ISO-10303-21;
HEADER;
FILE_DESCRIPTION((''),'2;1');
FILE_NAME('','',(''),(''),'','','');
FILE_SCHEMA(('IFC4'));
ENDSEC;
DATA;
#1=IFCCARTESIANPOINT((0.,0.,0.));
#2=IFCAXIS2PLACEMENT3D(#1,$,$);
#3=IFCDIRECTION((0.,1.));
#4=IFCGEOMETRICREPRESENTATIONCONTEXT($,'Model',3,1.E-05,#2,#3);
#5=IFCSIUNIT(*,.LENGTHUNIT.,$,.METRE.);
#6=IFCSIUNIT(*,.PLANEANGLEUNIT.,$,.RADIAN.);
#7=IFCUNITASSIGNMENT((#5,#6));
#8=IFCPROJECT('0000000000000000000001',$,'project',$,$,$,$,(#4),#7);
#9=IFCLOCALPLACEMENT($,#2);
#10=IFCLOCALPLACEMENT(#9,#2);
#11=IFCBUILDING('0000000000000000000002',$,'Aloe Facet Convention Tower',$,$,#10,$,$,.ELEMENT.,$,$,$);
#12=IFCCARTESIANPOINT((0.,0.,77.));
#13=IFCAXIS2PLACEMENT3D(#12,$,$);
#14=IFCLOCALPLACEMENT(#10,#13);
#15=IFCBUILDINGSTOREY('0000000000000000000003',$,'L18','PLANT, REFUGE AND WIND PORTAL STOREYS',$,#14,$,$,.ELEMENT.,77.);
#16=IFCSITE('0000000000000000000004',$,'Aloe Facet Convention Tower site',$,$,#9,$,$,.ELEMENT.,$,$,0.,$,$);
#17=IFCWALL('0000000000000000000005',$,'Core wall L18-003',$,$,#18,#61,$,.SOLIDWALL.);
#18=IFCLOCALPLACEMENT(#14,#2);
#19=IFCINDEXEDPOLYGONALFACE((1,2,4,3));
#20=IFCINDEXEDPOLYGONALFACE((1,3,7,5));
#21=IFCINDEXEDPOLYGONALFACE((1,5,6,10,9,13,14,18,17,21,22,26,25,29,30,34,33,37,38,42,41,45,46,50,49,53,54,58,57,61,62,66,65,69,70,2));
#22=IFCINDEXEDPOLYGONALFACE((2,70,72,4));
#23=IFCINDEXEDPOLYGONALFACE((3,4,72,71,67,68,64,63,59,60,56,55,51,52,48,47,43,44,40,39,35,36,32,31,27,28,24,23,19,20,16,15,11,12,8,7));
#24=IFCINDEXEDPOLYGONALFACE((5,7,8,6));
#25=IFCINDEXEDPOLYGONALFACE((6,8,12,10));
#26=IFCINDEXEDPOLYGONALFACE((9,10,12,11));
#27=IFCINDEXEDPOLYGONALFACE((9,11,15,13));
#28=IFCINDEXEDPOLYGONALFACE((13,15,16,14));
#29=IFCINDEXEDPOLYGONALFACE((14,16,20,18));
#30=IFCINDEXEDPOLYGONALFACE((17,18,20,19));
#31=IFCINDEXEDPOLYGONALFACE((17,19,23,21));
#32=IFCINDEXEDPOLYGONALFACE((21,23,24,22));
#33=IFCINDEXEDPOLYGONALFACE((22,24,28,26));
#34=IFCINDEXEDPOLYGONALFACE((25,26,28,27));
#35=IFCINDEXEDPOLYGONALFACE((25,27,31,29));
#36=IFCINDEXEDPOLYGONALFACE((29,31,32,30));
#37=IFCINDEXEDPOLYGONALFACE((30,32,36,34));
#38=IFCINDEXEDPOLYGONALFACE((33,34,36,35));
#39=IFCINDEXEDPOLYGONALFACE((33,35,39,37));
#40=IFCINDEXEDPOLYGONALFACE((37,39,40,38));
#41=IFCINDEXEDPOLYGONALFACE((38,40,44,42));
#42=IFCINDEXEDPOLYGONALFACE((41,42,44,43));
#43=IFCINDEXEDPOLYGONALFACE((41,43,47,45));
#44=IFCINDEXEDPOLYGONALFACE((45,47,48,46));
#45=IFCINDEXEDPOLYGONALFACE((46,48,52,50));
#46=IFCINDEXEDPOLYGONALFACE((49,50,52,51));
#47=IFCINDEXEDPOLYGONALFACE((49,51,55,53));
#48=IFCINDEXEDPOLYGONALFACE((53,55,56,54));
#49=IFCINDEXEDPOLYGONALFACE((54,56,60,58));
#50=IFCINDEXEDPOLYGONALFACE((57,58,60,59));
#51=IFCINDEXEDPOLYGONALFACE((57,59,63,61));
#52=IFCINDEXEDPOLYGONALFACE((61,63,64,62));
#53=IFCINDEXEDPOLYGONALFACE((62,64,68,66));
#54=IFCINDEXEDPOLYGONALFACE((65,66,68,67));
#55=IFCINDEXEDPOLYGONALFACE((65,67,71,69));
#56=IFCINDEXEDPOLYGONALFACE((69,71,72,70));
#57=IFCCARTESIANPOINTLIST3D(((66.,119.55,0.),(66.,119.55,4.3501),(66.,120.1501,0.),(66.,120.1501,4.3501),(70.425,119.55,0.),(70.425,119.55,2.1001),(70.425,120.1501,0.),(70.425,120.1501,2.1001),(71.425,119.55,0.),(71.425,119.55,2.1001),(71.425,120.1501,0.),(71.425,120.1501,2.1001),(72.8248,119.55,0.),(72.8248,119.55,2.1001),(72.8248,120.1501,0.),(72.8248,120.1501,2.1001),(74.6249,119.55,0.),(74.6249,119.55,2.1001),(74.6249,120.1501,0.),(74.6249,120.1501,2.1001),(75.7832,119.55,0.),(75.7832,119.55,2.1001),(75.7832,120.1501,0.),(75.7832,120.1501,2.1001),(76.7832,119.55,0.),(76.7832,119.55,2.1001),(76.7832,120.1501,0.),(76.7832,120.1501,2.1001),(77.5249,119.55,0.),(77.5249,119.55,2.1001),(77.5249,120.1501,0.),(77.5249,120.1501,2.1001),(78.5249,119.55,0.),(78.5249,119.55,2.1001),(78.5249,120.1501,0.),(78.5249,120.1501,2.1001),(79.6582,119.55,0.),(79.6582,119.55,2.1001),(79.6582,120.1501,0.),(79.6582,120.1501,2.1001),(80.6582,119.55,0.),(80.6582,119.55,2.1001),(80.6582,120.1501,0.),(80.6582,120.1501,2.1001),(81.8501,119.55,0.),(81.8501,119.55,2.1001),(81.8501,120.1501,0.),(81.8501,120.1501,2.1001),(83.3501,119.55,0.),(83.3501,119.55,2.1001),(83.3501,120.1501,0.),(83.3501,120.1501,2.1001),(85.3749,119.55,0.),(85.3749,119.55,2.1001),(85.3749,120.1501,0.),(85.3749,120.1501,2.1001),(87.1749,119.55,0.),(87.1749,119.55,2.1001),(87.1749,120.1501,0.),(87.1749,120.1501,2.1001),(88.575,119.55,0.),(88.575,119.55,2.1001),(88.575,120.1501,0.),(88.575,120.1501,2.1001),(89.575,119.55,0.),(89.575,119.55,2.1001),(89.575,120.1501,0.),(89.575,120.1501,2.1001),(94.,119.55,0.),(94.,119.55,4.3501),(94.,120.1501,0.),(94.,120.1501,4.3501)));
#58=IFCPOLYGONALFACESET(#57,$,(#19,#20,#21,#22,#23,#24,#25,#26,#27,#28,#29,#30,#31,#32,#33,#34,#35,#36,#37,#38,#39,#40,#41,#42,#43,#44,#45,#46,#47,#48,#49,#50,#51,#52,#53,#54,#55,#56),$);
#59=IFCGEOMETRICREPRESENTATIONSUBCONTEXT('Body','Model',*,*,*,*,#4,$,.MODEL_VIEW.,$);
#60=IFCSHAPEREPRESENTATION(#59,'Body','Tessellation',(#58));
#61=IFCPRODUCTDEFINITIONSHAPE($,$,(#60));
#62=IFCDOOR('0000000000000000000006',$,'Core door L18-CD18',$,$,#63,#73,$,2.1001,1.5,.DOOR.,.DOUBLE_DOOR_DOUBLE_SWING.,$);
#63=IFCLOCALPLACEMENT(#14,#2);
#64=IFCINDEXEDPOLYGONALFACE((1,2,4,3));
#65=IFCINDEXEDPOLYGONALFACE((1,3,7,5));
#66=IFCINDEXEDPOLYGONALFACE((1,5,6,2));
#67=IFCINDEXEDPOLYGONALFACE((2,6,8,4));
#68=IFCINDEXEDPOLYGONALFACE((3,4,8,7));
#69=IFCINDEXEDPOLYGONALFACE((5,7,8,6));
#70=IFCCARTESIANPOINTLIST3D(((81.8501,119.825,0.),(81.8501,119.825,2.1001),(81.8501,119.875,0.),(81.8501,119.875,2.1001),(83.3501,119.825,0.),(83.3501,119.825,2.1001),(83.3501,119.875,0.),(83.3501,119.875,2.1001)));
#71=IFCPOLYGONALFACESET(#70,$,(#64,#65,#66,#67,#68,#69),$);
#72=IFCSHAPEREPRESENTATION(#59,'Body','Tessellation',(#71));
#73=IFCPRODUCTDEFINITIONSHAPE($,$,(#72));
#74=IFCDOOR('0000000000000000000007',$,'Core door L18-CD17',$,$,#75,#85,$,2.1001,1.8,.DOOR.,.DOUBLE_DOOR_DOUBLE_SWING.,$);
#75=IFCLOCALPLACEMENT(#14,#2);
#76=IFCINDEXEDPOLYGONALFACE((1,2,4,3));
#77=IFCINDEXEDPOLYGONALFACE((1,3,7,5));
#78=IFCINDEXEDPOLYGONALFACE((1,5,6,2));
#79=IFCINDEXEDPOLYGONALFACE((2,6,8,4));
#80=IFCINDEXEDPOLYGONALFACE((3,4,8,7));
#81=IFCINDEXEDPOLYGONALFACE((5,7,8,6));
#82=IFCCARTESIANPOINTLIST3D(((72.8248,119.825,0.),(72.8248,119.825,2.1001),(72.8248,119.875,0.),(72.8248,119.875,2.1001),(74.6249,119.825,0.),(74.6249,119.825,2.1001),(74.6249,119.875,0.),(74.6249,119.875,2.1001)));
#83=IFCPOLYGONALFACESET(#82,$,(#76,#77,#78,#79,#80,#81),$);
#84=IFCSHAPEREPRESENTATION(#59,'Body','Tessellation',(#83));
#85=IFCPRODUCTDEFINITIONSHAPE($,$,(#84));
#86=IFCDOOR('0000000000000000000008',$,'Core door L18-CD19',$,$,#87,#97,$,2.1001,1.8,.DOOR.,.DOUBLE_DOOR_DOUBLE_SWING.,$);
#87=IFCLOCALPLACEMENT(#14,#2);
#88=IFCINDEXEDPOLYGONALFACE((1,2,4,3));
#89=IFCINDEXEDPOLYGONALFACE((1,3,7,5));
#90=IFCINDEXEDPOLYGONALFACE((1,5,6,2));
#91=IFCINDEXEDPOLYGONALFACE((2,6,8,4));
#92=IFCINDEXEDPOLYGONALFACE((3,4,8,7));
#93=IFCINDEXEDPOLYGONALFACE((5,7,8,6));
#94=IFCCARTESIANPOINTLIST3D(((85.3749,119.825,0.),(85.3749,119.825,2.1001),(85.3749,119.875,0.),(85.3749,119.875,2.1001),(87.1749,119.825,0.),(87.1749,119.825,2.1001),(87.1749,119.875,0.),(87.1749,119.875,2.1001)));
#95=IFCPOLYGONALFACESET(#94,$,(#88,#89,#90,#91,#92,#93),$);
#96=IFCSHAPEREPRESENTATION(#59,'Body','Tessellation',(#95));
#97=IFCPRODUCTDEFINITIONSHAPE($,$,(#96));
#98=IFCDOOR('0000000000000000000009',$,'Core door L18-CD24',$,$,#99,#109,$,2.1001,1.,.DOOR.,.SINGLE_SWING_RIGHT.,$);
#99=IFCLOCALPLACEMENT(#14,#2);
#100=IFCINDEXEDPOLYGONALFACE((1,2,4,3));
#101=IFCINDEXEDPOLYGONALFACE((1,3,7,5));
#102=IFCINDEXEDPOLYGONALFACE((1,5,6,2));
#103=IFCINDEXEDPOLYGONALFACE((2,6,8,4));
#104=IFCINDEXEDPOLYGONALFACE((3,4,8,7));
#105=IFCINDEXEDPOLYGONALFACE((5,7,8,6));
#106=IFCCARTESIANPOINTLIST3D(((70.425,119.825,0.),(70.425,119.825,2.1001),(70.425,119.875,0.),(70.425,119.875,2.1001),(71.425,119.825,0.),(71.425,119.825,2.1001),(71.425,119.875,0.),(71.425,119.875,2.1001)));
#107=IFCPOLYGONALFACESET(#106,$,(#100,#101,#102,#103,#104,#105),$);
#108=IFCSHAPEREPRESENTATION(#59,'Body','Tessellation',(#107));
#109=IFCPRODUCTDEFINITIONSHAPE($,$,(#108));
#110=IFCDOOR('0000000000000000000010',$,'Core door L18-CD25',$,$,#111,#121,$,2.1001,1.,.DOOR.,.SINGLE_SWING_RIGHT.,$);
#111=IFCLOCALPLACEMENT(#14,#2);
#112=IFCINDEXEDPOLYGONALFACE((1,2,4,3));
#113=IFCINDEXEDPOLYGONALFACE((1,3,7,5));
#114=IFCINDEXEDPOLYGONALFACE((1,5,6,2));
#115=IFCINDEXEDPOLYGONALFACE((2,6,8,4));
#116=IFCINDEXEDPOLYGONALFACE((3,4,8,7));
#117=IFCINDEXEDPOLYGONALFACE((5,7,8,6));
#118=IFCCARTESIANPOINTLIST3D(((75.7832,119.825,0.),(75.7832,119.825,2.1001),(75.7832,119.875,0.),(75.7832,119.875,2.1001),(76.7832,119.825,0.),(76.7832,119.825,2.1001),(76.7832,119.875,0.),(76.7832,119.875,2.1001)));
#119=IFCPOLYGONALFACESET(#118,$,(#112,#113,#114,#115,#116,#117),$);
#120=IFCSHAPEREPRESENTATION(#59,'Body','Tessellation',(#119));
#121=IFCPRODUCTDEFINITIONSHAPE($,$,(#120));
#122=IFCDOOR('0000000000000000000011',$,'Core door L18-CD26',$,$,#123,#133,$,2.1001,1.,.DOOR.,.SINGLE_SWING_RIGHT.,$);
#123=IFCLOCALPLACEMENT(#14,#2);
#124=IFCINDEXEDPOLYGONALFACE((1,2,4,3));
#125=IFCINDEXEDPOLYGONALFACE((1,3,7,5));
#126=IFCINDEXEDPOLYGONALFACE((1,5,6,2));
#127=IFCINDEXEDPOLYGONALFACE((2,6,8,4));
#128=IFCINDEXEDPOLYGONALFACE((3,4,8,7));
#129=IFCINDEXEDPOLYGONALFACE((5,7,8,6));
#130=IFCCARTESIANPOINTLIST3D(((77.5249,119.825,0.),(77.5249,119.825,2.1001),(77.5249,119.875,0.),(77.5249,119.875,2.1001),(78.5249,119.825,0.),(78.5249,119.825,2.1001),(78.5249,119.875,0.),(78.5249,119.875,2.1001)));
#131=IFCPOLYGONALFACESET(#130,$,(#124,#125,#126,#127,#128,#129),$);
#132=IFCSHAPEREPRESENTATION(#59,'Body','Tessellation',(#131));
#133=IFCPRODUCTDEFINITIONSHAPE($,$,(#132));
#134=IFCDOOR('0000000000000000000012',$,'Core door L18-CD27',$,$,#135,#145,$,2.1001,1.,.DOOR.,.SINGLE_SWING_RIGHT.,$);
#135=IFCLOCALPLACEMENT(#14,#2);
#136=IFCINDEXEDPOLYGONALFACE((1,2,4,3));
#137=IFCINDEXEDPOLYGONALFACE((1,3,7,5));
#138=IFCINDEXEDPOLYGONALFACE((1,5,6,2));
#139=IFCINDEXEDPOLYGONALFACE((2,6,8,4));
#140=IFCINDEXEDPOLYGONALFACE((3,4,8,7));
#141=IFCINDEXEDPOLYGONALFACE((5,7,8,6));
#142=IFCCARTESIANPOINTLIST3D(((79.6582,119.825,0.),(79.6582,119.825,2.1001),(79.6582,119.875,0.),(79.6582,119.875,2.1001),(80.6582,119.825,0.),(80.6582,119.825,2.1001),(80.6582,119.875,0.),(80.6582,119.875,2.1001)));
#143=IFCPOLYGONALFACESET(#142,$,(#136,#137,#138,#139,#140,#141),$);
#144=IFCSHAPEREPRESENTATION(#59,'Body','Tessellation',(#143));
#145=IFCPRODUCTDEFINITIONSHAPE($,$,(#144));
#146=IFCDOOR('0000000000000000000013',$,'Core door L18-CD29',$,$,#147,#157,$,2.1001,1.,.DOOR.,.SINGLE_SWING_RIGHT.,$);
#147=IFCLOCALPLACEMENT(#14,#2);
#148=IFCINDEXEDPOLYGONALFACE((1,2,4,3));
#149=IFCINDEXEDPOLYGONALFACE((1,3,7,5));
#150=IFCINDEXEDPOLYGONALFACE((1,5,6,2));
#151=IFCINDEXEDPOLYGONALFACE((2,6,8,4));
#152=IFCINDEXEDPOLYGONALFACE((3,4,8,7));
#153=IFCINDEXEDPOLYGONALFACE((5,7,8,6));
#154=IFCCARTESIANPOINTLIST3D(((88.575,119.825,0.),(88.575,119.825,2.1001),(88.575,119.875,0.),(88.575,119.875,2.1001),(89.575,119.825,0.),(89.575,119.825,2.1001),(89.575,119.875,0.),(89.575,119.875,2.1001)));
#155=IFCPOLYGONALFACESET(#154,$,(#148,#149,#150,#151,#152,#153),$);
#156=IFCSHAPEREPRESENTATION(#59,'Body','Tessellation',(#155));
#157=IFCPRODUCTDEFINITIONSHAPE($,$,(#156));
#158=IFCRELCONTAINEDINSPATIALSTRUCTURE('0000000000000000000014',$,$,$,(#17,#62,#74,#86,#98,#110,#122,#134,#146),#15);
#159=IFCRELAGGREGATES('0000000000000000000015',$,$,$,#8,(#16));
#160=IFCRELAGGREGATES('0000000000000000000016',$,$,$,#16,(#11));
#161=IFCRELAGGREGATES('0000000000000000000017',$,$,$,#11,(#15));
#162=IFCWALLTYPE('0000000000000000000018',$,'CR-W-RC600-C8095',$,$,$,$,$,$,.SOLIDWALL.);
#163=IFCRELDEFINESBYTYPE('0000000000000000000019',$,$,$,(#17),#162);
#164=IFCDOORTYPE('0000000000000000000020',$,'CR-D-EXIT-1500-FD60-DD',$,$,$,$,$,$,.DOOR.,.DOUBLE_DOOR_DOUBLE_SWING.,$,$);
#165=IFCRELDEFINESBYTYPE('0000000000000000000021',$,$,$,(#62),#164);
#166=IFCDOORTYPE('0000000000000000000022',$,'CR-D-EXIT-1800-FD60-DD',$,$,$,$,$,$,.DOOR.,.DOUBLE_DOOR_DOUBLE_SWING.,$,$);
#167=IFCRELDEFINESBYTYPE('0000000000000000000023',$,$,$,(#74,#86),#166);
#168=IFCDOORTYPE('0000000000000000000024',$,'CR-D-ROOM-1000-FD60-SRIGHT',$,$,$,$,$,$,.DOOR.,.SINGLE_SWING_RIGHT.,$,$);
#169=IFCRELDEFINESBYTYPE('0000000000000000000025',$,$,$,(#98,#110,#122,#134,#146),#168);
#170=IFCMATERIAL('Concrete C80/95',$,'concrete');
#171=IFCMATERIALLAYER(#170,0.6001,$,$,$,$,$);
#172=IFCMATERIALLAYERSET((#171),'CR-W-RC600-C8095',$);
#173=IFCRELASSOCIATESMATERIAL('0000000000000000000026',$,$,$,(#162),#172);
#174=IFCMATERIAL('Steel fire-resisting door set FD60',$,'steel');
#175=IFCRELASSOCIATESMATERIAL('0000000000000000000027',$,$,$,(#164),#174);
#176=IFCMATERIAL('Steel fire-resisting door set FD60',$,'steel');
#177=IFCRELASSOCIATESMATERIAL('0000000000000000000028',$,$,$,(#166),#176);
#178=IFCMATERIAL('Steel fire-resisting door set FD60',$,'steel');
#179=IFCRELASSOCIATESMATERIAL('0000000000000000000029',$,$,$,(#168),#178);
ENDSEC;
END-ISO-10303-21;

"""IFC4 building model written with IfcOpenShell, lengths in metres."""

from ifc_helpers import new_model, si_unit, direction, frame, frame_2d, origin, place, context, subcontext, project, spatial, rectangle, extrude, material, layer, layer_set, type_object, element, fill, save


model = new_model("IFC4")

# Units and contexts
model_context = context("Model", 3, precision=1e-05, world=origin(), true_north=direction((0.0, 1.0)))
body_context = subcontext(model_context, "Body", "Model", "MODEL_VIEW")
ifc_project = project(units=[si_unit("LENGTHUNIT", "METRE"), si_unit("PLANEANGLEUNIT", "RADIAN")], contexts=[model_context])

# Site, building, storey
site_placement = place(None, origin())
site = spatial("IfcSite", under=ifc_project, at=site_placement, Name="Aloe Facet Convention Tower site", CompositionType="ELEMENT", RefElevation=0.0)
building_placement = place(site_placement, origin())
building = spatial("IfcBuilding", under=site, at=building_placement, Name="Aloe Facet Convention Tower", CompositionType="ELEMENT")
storey_placement = place(building_placement, frame((0.0, 0.0, 77.0)))
storey = spatial("IfcBuildingStorey", under=building, at=storey_placement, Name="L18", Description="PLANT, REFUGE AND WIND PORTAL STOREYS", CompositionType="ELEMENT", Elevation=77.0)

# Wall, openings, doors
ifc_material_1 = material(Name="Concrete C80/95", Category="concrete")
ifc_layer_1 = layer(ifc_material_1, 0.6001)
ifc_layer_set_1 = layer_set([ifc_layer_1], Name="CR-W-RC600-C8095")
wall_type_1 = type_object("IfcWallType", Name="CR-W-RC600-C8095", PredefinedType="SOLIDWALL", material=ifc_layer_set_1)
wall_1_placement = place(storey_placement, frame((66.0, 119.8501, 0.0), z_axis=(0.0, 0.0, 1.0), x_axis=(1.0, 0.0, 0.0)))
wall_1 = element("IfcWall", 1, at=wall_1_placement, inside=storey, type_object=wall_type_1, Name="Core wall L18-003", PredefinedType="SOLIDWALL", context=body_context, shape_type="SweptSolid", body=[
    extrude(rectangle(XDim=28.0, YDim=0.6001, at=frame_2d((14.0, 0.0))), origin(), (0.0, 0.0, 1.0), 4.3501),
])
opening_1_placement = place(wall_1_placement, frame((6.825, 0.0, 0.0)))
opening_1 = element("IfcOpeningElement", 2, at=opening_1_placement, cuts=wall_1, PredefinedType="OPENING", context=body_context, shape_type="SweptSolid", body=[
    extrude(rectangle(XDim=1.8, YDim=2.1001, at=frame_2d((0.8999, 1.05))), frame((0.0, 0.3101, 0.0), z_axis=(0.0, -1.0, 0.0), x_axis=(1.0, 0.0, 0.0)), (0.0, 0.0, 1.0), 0.6201),
])
opening_2_placement = place(wall_1_placement, frame((15.8501, 0.0, 0.0)))
opening_2 = element("IfcOpeningElement", 3, at=opening_2_placement, cuts=wall_1, PredefinedType="OPENING", context=body_context, shape_type="SweptSolid", body=[
    extrude(rectangle(XDim=1.5, YDim=2.1001, at=frame_2d((0.75, 1.05))), frame((0.0, 0.3101, 0.0), z_axis=(0.0, -1.0, 0.0), x_axis=(1.0, 0.0, 0.0)), (0.0, 0.0, 1.0), 0.6201),
])
opening_3_placement = place(wall_1_placement, frame((19.375, 0.0, 0.0)))
opening_3 = element("IfcOpeningElement", 4, at=opening_3_placement, cuts=wall_1, PredefinedType="OPENING", context=body_context, shape_type="SweptSolid", body=[
    extrude(rectangle(XDim=1.8, YDim=2.1001, at=frame_2d((0.8999, 1.05))), frame((0.0, 0.3101, 0.0), z_axis=(0.0, -1.0, 0.0), x_axis=(1.0, 0.0, 0.0)), (0.0, 0.0, 1.0), 0.6201),
])
opening_4_placement = place(wall_1_placement, frame((4.425, 0.0, 0.0)))
opening_4 = element("IfcOpeningElement", 5, at=opening_4_placement, cuts=wall_1, PredefinedType="OPENING", context=body_context, shape_type="SweptSolid", body=[
    extrude(rectangle(XDim=1.0, YDim=2.1001, at=frame_2d((0.5, 1.05))), frame((0.0, 0.3101, 0.0), z_axis=(0.0, -1.0, 0.0), x_axis=(1.0, 0.0, 0.0)), (0.0, 0.0, 1.0), 0.6201),
])
opening_5_placement = place(wall_1_placement, frame((9.7832, 0.0, 0.0)))
opening_5 = element("IfcOpeningElement", 6, at=opening_5_placement, cuts=wall_1, PredefinedType="OPENING", context=body_context, shape_type="SweptSolid", body=[
    extrude(rectangle(XDim=1.0, YDim=2.1001, at=frame_2d((0.5, 1.05))), frame((0.0, 0.3101, 0.0), z_axis=(0.0, -1.0, 0.0), x_axis=(1.0, 0.0, 0.0)), (0.0, 0.0, 1.0), 0.6201),
])
opening_6_placement = place(wall_1_placement, frame((11.5249, 0.0, 0.0)))
opening_6 = element("IfcOpeningElement", 7, at=opening_6_placement, cuts=wall_1, PredefinedType="OPENING", context=body_context, shape_type="SweptSolid", body=[
    extrude(rectangle(XDim=1.0, YDim=2.1001, at=frame_2d((0.5, 1.05))), frame((0.0, 0.3101, 0.0), z_axis=(0.0, -1.0, 0.0), x_axis=(1.0, 0.0, 0.0)), (0.0, 0.0, 1.0), 0.6201),
])
opening_7_placement = place(wall_1_placement, frame((13.6582, 0.0, 0.0)))
opening_7 = element("IfcOpeningElement", 8, at=opening_7_placement, cuts=wall_1, PredefinedType="OPENING", context=body_context, shape_type="SweptSolid", body=[
    extrude(rectangle(XDim=1.0, YDim=2.1001, at=frame_2d((0.5, 1.05))), frame((0.0, 0.3101, 0.0), z_axis=(0.0, -1.0, 0.0), x_axis=(1.0, 0.0, 0.0)), (0.0, 0.0, 1.0), 0.6201),
])
opening_8_placement = place(wall_1_placement, frame((22.575, 0.0, 0.0)))
opening_8 = element("IfcOpeningElement", 9, at=opening_8_placement, cuts=wall_1, PredefinedType="OPENING", context=body_context, shape_type="SweptSolid", body=[
    extrude(rectangle(XDim=1.0, YDim=2.1001, at=frame_2d((0.5, 1.05))), frame((0.0, 0.3101, 0.0), z_axis=(0.0, -1.0, 0.0), x_axis=(1.0, 0.0, 0.0)), (0.0, 0.0, 1.0), 0.6201),
])
ifc_material_2 = material(Name="Steel fire-resisting door set FD60", Category="steel")
door_type_1 = type_object("IfcDoorType", Name="CR-D-EXIT-1500-FD60-DD", OperationType="DOUBLE_DOOR_DOUBLE_SWING", PredefinedType="DOOR", material=ifc_material_2)
door_1_placement = place(opening_2_placement, origin())
door_1 = element("IfcDoor", 10, at=door_1_placement, inside=storey, type_object=door_type_1, Name="Core door L18-CD18", OperationType="DOUBLE_DOOR_DOUBLE_SWING", OverallHeight=2.1001, OverallWidth=1.5, PredefinedType="DOOR", context=body_context, shape_type="SweptSolid", body=[
    extrude(rectangle(XDim=1.5, YDim=2.1001, at=frame_2d((0.75, 1.05))), frame((0.0, 0.0249, 0.0), z_axis=(0.0, -1.0, 0.0), x_axis=(1.0, 0.0, 0.0)), (0.0, 0.0, 1.0), 0.05),
])
fill(opening_2, door_1)
ifc_material_3 = material(Name="Steel fire-resisting door set FD60", Category="steel")
door_type_2 = type_object("IfcDoorType", Name="CR-D-EXIT-1800-FD60-DD", OperationType="DOUBLE_DOOR_DOUBLE_SWING", PredefinedType="DOOR", material=ifc_material_3)
door_2_placement = place(opening_1_placement, origin())
door_2 = element("IfcDoor", 11, at=door_2_placement, inside=storey, type_object=door_type_2, Name="Core door L18-CD17", OperationType="DOUBLE_DOOR_DOUBLE_SWING", OverallHeight=2.1001, OverallWidth=1.8, PredefinedType="DOOR", context=body_context, shape_type="SweptSolid", body=[
    extrude(rectangle(XDim=1.8, YDim=2.1001, at=frame_2d((0.8999, 1.05))), frame((0.0, 0.0249, 0.0), z_axis=(0.0, -1.0, 0.0), x_axis=(1.0, 0.0, 0.0)), (0.0, 0.0, 1.0), 0.05),
])
fill(opening_1, door_2)
door_3_placement = place(opening_3_placement, origin())
door_3 = element("IfcDoor", 12, at=door_3_placement, inside=storey, type_object=door_type_2, Name="Core door L18-CD19", OperationType="DOUBLE_DOOR_DOUBLE_SWING", OverallHeight=2.1001, OverallWidth=1.8, PredefinedType="DOOR", context=body_context, shape_type="SweptSolid", body=[
    extrude(rectangle(XDim=1.8, YDim=2.1001, at=frame_2d((0.8999, 1.05))), frame((0.0, 0.0249, 0.0), z_axis=(0.0, -1.0, 0.0), x_axis=(1.0, 0.0, 0.0)), (0.0, 0.0, 1.0), 0.05),
])
fill(opening_3, door_3)
ifc_material_4 = material(Name="Steel fire-resisting door set FD60", Category="steel")
door_type_3 = type_object("IfcDoorType", Name="CR-D-ROOM-1000-FD60-SRIGHT", OperationType="SINGLE_SWING_RIGHT", PredefinedType="DOOR", material=ifc_material_4)
door_4_placement = place(opening_4_placement, origin())
door_4 = element("IfcDoor", 13, at=door_4_placement, inside=storey, type_object=door_type_3, Name="Core door L18-CD24", OperationType="SINGLE_SWING_RIGHT", OverallHeight=2.1001, OverallWidth=1.0, PredefinedType="DOOR", context=body_context, shape_type="SweptSolid", body=[
    extrude(rectangle(XDim=1.0, YDim=2.1001, at=frame_2d((0.5, 1.05))), frame((0.0, 0.0249, 0.0), z_axis=(0.0, -1.0, 0.0), x_axis=(1.0, 0.0, 0.0)), (0.0, 0.0, 1.0), 0.05),
])
fill(opening_4, door_4)
door_5_placement = place(opening_5_placement, origin())
door_5 = element("IfcDoor", 14, at=door_5_placement, inside=storey, type_object=door_type_3, Name="Core door L18-CD25", OperationType="SINGLE_SWING_RIGHT", OverallHeight=2.1001, OverallWidth=1.0, PredefinedType="DOOR", context=body_context, shape_type="SweptSolid", body=[
    extrude(rectangle(XDim=1.0, YDim=2.1001, at=frame_2d((0.5, 1.05))), frame((0.0, 0.0249, 0.0), z_axis=(0.0, -1.0, 0.0), x_axis=(1.0, 0.0, 0.0)), (0.0, 0.0, 1.0), 0.05),
])
fill(opening_5, door_5)
door_6_placement = place(opening_6_placement, origin())
door_6 = element("IfcDoor", 15, at=door_6_placement, inside=storey, type_object=door_type_3, Name="Core door L18-CD26", OperationType="SINGLE_SWING_RIGHT", OverallHeight=2.1001, OverallWidth=1.0, PredefinedType="DOOR", context=body_context, shape_type="SweptSolid", body=[
    extrude(rectangle(XDim=1.0, YDim=2.1001, at=frame_2d((0.5, 1.05))), frame((0.0, 0.0249, 0.0), z_axis=(0.0, -1.0, 0.0), x_axis=(1.0, 0.0, 0.0)), (0.0, 0.0, 1.0), 0.05),
])
fill(opening_6, door_6)
door_7_placement = place(opening_7_placement, origin())
door_7 = element("IfcDoor", 16, at=door_7_placement, inside=storey, type_object=door_type_3, Name="Core door L18-CD27", OperationType="SINGLE_SWING_RIGHT", OverallHeight=2.1001, OverallWidth=1.0, PredefinedType="DOOR", context=body_context, shape_type="SweptSolid", body=[
    extrude(rectangle(XDim=1.0, YDim=2.1001, at=frame_2d((0.5, 1.05))), frame((0.0, 0.0249, 0.0), z_axis=(0.0, -1.0, 0.0), x_axis=(1.0, 0.0, 0.0)), (0.0, 0.0, 1.0), 0.05),
])
fill(opening_7, door_7)
door_8_placement = place(opening_8_placement, origin())
door_8 = element("IfcDoor", 17, at=door_8_placement, inside=storey, type_object=door_type_3, Name="Core door L18-CD29", OperationType="SINGLE_SWING_RIGHT", OverallHeight=2.1001, OverallWidth=1.0, PredefinedType="DOOR", context=body_context, shape_type="SweptSolid", body=[
    extrude(rectangle(XDim=1.0, YDim=2.1001, at=frame_2d((0.5, 1.05))), frame((0.0, 0.0249, 0.0), z_axis=(0.0, -1.0, 0.0), x_axis=(1.0, 0.0, 0.0)), (0.0, 0.0, 1.0), 0.05),
])
fill(opening_8, door_8)

save(model, "model.ifc")
